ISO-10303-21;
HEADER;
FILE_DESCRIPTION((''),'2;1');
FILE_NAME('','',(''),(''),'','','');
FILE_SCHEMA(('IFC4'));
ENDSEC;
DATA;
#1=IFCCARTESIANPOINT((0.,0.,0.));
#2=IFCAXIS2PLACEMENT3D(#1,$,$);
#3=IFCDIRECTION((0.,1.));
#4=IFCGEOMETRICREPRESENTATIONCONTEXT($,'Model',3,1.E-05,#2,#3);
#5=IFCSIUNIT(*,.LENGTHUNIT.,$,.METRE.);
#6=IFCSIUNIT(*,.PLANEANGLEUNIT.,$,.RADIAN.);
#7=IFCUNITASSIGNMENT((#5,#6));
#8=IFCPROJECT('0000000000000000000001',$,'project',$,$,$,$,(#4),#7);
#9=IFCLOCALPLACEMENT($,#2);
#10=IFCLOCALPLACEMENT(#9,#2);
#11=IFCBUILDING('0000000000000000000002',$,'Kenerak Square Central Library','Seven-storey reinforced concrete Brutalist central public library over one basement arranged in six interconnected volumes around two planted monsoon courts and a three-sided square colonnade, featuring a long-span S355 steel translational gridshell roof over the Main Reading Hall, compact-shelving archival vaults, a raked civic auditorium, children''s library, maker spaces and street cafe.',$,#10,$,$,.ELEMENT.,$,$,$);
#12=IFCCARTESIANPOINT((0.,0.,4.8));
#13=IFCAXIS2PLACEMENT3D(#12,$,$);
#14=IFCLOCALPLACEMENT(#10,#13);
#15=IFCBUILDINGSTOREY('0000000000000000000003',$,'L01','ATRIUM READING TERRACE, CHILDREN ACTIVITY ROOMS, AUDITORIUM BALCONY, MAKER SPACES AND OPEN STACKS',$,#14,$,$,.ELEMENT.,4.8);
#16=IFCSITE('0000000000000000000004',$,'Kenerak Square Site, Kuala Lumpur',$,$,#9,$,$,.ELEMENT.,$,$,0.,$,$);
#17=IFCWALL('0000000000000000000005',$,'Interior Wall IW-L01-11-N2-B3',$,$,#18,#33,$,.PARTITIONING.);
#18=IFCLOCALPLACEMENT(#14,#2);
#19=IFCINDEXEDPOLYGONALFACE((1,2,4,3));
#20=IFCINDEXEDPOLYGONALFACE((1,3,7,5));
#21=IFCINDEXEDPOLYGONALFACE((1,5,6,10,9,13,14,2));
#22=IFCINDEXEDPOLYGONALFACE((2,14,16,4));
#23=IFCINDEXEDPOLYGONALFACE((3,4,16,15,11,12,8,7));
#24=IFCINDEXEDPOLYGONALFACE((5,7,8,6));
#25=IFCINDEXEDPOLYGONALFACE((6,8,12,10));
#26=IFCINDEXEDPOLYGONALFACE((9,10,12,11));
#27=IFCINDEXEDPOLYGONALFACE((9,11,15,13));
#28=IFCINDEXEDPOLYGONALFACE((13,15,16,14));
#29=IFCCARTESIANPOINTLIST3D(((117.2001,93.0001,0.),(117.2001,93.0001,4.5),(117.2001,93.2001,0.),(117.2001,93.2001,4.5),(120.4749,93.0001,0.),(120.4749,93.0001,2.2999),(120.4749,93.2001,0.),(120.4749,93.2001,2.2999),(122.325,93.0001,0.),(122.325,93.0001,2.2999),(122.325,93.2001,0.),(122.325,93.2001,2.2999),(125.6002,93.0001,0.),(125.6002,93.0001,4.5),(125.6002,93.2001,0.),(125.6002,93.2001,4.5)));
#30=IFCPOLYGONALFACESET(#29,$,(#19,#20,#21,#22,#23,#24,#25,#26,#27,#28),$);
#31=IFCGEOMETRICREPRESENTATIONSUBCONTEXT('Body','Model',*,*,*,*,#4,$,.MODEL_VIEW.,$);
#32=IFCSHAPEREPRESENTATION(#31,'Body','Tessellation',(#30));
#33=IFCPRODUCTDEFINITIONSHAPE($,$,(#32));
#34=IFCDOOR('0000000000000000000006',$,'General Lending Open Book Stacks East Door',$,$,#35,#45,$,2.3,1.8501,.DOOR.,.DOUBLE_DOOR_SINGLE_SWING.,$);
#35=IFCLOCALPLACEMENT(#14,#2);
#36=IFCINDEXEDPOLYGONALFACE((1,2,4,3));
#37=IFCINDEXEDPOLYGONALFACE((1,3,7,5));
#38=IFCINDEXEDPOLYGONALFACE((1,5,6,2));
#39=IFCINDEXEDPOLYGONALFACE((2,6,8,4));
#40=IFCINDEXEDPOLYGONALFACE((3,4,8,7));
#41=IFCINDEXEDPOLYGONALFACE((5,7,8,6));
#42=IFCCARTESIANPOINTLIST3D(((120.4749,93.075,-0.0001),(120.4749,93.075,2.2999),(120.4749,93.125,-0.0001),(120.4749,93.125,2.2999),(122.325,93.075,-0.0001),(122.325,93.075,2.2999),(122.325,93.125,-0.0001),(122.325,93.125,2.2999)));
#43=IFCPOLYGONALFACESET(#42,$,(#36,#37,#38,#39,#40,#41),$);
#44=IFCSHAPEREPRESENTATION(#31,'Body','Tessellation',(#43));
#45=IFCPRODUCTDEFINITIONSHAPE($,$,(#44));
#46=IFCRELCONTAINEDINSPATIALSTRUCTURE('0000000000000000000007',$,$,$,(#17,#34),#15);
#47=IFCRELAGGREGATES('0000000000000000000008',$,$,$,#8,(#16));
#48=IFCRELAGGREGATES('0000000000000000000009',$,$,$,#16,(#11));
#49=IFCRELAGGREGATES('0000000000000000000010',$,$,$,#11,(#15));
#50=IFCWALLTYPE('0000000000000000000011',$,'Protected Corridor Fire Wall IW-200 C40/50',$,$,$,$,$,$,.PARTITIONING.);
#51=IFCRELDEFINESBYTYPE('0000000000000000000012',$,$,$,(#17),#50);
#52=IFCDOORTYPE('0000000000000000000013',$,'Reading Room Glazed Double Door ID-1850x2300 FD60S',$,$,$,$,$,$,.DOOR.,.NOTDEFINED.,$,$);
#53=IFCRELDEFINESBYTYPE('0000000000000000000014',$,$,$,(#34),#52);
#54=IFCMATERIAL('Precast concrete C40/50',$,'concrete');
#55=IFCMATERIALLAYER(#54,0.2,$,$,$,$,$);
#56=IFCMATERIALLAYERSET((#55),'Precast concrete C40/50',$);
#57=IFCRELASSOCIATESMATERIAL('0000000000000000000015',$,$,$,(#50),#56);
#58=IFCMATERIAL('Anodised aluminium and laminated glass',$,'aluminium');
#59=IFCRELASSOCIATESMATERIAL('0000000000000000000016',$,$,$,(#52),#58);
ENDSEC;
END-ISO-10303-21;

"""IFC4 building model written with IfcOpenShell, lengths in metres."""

from ifc_helpers import new_model, si_unit, direction, frame, frame_2d, origin, place, context, subcontext, project, spatial, rectangle, extrude, material, layer, layer_set, type_object, element, fill, save


model = new_model("IFC4")

# Units and contexts
model_context = context("Model", 3, precision=1e-05, world=origin(), true_north=direction((0.0, 1.0)))
body_context = subcontext(model_context, "Body", "Model", "MODEL_VIEW")
ifc_project = project(units=[si_unit("LENGTHUNIT", "METRE"), si_unit("PLANEANGLEUNIT", "RADIAN")], contexts=[model_context])

# Site, building, storey
site_placement = place(None, origin())
site = spatial("IfcSite", under=ifc_project, at=site_placement, Name="Kenerak Square Site, Kuala Lumpur", CompositionType="ELEMENT", RefElevation=0.0)
building_placement = place(site_placement, origin())
building = spatial("IfcBuilding", under=site, at=building_placement, Name="Kenerak Square Central Library", Description="Seven-storey reinforced concrete Brutalist central public library over one basement arranged in six interconnected volumes around two planted monsoon courts and a three-sided square colonnade, featuring a long-span S355 steel translational gridshell roof over the Main Reading Hall, compact-shelving archival vaults, a raked civic auditorium, children's library, maker spaces and street cafe.", CompositionType="ELEMENT")
storey_placement = place(building_placement, frame((0.0, 0.0, 4.8)))
storey = spatial("IfcBuildingStorey", under=building, at=storey_placement, Name="L01", Description="ATRIUM READING TERRACE, CHILDREN ACTIVITY ROOMS, AUDITORIUM BALCONY, MAKER SPACES AND OPEN STACKS", CompositionType="ELEMENT", Elevation=4.8)

# Wall, opening, door
ifc_material_1 = material(Name="Precast concrete C40/50", Category="concrete")
ifc_layer_1 = layer(ifc_material_1, 0.2)
ifc_layer_set_1 = layer_set([ifc_layer_1], Name="Precast concrete C40/50")
wall_type = type_object("IfcWallType", Name="Protected Corridor Fire Wall IW-200 C40/50", PredefinedType="PARTITIONING", material=ifc_layer_set_1)
wall_placement = place(storey_placement, frame((117.2, 93.1001, 0.0), z_axis=(0.0, 0.0, 1.0), x_axis=(1.0, 0.0, 0.0)))
wall = element("IfcWall", 1, at=wall_placement, inside=storey, type_object=wall_type, Name="Interior Wall IW-L01-11-N2-B3", PredefinedType="PARTITIONING", context=body_context, shape_type="SweptSolid", body=[
    extrude(rectangle(XDim=8.4001, YDim=0.2, at=frame_2d((4.2002, 0.0))), origin(), (0.0, 0.0, 1.0), 4.5),
])
opening_placement = place(wall_placement, frame((3.2749, 0.0, 0.0)))
opening = element("IfcOpeningElement", 2, at=opening_placement, cuts=wall, PredefinedType="OPENING", context=body_context, shape_type="SweptSolid", body=[
    extrude(rectangle(XDim=1.8501, YDim=2.3, at=frame_2d((0.925, 1.1499))), frame((0.0, 0.1099, 0.0), z_axis=(0.0, -1.0, 0.0), x_axis=(1.0, 0.0, 0.0)), (0.0, 0.0, 1.0), 0.22),
])
ifc_material_2 = material(Name="Anodised aluminium and laminated glass", Category="aluminium")
door_type = type_object("IfcDoorType", Name="Reading Room Glazed Double Door ID-1850x2300 FD60S", OperationType="NOTDEFINED", PredefinedType="DOOR", material=ifc_material_2)
door_placement = place(opening_placement, origin())
door = element("IfcDoor", 3, at=door_placement, inside=storey, type_object=door_type, Name="General Lending Open Book Stacks East Door", OperationType="DOUBLE_DOOR_SINGLE_SWING", OverallHeight=2.3, OverallWidth=1.8501, PredefinedType="DOOR", context=body_context, shape_type="SweptSolid", body=[
    extrude(rectangle(XDim=1.8501, YDim=2.3, at=frame_2d((0.925, 1.1499))), frame((0.0, 0.0249, 0.0), z_axis=(0.0, -1.0, 0.0), x_axis=(1.0, 0.0, 0.0)), (0.0, 0.0, 1.0), 0.05),
])
fill(opening, door)

save(model, "model.ifc")
